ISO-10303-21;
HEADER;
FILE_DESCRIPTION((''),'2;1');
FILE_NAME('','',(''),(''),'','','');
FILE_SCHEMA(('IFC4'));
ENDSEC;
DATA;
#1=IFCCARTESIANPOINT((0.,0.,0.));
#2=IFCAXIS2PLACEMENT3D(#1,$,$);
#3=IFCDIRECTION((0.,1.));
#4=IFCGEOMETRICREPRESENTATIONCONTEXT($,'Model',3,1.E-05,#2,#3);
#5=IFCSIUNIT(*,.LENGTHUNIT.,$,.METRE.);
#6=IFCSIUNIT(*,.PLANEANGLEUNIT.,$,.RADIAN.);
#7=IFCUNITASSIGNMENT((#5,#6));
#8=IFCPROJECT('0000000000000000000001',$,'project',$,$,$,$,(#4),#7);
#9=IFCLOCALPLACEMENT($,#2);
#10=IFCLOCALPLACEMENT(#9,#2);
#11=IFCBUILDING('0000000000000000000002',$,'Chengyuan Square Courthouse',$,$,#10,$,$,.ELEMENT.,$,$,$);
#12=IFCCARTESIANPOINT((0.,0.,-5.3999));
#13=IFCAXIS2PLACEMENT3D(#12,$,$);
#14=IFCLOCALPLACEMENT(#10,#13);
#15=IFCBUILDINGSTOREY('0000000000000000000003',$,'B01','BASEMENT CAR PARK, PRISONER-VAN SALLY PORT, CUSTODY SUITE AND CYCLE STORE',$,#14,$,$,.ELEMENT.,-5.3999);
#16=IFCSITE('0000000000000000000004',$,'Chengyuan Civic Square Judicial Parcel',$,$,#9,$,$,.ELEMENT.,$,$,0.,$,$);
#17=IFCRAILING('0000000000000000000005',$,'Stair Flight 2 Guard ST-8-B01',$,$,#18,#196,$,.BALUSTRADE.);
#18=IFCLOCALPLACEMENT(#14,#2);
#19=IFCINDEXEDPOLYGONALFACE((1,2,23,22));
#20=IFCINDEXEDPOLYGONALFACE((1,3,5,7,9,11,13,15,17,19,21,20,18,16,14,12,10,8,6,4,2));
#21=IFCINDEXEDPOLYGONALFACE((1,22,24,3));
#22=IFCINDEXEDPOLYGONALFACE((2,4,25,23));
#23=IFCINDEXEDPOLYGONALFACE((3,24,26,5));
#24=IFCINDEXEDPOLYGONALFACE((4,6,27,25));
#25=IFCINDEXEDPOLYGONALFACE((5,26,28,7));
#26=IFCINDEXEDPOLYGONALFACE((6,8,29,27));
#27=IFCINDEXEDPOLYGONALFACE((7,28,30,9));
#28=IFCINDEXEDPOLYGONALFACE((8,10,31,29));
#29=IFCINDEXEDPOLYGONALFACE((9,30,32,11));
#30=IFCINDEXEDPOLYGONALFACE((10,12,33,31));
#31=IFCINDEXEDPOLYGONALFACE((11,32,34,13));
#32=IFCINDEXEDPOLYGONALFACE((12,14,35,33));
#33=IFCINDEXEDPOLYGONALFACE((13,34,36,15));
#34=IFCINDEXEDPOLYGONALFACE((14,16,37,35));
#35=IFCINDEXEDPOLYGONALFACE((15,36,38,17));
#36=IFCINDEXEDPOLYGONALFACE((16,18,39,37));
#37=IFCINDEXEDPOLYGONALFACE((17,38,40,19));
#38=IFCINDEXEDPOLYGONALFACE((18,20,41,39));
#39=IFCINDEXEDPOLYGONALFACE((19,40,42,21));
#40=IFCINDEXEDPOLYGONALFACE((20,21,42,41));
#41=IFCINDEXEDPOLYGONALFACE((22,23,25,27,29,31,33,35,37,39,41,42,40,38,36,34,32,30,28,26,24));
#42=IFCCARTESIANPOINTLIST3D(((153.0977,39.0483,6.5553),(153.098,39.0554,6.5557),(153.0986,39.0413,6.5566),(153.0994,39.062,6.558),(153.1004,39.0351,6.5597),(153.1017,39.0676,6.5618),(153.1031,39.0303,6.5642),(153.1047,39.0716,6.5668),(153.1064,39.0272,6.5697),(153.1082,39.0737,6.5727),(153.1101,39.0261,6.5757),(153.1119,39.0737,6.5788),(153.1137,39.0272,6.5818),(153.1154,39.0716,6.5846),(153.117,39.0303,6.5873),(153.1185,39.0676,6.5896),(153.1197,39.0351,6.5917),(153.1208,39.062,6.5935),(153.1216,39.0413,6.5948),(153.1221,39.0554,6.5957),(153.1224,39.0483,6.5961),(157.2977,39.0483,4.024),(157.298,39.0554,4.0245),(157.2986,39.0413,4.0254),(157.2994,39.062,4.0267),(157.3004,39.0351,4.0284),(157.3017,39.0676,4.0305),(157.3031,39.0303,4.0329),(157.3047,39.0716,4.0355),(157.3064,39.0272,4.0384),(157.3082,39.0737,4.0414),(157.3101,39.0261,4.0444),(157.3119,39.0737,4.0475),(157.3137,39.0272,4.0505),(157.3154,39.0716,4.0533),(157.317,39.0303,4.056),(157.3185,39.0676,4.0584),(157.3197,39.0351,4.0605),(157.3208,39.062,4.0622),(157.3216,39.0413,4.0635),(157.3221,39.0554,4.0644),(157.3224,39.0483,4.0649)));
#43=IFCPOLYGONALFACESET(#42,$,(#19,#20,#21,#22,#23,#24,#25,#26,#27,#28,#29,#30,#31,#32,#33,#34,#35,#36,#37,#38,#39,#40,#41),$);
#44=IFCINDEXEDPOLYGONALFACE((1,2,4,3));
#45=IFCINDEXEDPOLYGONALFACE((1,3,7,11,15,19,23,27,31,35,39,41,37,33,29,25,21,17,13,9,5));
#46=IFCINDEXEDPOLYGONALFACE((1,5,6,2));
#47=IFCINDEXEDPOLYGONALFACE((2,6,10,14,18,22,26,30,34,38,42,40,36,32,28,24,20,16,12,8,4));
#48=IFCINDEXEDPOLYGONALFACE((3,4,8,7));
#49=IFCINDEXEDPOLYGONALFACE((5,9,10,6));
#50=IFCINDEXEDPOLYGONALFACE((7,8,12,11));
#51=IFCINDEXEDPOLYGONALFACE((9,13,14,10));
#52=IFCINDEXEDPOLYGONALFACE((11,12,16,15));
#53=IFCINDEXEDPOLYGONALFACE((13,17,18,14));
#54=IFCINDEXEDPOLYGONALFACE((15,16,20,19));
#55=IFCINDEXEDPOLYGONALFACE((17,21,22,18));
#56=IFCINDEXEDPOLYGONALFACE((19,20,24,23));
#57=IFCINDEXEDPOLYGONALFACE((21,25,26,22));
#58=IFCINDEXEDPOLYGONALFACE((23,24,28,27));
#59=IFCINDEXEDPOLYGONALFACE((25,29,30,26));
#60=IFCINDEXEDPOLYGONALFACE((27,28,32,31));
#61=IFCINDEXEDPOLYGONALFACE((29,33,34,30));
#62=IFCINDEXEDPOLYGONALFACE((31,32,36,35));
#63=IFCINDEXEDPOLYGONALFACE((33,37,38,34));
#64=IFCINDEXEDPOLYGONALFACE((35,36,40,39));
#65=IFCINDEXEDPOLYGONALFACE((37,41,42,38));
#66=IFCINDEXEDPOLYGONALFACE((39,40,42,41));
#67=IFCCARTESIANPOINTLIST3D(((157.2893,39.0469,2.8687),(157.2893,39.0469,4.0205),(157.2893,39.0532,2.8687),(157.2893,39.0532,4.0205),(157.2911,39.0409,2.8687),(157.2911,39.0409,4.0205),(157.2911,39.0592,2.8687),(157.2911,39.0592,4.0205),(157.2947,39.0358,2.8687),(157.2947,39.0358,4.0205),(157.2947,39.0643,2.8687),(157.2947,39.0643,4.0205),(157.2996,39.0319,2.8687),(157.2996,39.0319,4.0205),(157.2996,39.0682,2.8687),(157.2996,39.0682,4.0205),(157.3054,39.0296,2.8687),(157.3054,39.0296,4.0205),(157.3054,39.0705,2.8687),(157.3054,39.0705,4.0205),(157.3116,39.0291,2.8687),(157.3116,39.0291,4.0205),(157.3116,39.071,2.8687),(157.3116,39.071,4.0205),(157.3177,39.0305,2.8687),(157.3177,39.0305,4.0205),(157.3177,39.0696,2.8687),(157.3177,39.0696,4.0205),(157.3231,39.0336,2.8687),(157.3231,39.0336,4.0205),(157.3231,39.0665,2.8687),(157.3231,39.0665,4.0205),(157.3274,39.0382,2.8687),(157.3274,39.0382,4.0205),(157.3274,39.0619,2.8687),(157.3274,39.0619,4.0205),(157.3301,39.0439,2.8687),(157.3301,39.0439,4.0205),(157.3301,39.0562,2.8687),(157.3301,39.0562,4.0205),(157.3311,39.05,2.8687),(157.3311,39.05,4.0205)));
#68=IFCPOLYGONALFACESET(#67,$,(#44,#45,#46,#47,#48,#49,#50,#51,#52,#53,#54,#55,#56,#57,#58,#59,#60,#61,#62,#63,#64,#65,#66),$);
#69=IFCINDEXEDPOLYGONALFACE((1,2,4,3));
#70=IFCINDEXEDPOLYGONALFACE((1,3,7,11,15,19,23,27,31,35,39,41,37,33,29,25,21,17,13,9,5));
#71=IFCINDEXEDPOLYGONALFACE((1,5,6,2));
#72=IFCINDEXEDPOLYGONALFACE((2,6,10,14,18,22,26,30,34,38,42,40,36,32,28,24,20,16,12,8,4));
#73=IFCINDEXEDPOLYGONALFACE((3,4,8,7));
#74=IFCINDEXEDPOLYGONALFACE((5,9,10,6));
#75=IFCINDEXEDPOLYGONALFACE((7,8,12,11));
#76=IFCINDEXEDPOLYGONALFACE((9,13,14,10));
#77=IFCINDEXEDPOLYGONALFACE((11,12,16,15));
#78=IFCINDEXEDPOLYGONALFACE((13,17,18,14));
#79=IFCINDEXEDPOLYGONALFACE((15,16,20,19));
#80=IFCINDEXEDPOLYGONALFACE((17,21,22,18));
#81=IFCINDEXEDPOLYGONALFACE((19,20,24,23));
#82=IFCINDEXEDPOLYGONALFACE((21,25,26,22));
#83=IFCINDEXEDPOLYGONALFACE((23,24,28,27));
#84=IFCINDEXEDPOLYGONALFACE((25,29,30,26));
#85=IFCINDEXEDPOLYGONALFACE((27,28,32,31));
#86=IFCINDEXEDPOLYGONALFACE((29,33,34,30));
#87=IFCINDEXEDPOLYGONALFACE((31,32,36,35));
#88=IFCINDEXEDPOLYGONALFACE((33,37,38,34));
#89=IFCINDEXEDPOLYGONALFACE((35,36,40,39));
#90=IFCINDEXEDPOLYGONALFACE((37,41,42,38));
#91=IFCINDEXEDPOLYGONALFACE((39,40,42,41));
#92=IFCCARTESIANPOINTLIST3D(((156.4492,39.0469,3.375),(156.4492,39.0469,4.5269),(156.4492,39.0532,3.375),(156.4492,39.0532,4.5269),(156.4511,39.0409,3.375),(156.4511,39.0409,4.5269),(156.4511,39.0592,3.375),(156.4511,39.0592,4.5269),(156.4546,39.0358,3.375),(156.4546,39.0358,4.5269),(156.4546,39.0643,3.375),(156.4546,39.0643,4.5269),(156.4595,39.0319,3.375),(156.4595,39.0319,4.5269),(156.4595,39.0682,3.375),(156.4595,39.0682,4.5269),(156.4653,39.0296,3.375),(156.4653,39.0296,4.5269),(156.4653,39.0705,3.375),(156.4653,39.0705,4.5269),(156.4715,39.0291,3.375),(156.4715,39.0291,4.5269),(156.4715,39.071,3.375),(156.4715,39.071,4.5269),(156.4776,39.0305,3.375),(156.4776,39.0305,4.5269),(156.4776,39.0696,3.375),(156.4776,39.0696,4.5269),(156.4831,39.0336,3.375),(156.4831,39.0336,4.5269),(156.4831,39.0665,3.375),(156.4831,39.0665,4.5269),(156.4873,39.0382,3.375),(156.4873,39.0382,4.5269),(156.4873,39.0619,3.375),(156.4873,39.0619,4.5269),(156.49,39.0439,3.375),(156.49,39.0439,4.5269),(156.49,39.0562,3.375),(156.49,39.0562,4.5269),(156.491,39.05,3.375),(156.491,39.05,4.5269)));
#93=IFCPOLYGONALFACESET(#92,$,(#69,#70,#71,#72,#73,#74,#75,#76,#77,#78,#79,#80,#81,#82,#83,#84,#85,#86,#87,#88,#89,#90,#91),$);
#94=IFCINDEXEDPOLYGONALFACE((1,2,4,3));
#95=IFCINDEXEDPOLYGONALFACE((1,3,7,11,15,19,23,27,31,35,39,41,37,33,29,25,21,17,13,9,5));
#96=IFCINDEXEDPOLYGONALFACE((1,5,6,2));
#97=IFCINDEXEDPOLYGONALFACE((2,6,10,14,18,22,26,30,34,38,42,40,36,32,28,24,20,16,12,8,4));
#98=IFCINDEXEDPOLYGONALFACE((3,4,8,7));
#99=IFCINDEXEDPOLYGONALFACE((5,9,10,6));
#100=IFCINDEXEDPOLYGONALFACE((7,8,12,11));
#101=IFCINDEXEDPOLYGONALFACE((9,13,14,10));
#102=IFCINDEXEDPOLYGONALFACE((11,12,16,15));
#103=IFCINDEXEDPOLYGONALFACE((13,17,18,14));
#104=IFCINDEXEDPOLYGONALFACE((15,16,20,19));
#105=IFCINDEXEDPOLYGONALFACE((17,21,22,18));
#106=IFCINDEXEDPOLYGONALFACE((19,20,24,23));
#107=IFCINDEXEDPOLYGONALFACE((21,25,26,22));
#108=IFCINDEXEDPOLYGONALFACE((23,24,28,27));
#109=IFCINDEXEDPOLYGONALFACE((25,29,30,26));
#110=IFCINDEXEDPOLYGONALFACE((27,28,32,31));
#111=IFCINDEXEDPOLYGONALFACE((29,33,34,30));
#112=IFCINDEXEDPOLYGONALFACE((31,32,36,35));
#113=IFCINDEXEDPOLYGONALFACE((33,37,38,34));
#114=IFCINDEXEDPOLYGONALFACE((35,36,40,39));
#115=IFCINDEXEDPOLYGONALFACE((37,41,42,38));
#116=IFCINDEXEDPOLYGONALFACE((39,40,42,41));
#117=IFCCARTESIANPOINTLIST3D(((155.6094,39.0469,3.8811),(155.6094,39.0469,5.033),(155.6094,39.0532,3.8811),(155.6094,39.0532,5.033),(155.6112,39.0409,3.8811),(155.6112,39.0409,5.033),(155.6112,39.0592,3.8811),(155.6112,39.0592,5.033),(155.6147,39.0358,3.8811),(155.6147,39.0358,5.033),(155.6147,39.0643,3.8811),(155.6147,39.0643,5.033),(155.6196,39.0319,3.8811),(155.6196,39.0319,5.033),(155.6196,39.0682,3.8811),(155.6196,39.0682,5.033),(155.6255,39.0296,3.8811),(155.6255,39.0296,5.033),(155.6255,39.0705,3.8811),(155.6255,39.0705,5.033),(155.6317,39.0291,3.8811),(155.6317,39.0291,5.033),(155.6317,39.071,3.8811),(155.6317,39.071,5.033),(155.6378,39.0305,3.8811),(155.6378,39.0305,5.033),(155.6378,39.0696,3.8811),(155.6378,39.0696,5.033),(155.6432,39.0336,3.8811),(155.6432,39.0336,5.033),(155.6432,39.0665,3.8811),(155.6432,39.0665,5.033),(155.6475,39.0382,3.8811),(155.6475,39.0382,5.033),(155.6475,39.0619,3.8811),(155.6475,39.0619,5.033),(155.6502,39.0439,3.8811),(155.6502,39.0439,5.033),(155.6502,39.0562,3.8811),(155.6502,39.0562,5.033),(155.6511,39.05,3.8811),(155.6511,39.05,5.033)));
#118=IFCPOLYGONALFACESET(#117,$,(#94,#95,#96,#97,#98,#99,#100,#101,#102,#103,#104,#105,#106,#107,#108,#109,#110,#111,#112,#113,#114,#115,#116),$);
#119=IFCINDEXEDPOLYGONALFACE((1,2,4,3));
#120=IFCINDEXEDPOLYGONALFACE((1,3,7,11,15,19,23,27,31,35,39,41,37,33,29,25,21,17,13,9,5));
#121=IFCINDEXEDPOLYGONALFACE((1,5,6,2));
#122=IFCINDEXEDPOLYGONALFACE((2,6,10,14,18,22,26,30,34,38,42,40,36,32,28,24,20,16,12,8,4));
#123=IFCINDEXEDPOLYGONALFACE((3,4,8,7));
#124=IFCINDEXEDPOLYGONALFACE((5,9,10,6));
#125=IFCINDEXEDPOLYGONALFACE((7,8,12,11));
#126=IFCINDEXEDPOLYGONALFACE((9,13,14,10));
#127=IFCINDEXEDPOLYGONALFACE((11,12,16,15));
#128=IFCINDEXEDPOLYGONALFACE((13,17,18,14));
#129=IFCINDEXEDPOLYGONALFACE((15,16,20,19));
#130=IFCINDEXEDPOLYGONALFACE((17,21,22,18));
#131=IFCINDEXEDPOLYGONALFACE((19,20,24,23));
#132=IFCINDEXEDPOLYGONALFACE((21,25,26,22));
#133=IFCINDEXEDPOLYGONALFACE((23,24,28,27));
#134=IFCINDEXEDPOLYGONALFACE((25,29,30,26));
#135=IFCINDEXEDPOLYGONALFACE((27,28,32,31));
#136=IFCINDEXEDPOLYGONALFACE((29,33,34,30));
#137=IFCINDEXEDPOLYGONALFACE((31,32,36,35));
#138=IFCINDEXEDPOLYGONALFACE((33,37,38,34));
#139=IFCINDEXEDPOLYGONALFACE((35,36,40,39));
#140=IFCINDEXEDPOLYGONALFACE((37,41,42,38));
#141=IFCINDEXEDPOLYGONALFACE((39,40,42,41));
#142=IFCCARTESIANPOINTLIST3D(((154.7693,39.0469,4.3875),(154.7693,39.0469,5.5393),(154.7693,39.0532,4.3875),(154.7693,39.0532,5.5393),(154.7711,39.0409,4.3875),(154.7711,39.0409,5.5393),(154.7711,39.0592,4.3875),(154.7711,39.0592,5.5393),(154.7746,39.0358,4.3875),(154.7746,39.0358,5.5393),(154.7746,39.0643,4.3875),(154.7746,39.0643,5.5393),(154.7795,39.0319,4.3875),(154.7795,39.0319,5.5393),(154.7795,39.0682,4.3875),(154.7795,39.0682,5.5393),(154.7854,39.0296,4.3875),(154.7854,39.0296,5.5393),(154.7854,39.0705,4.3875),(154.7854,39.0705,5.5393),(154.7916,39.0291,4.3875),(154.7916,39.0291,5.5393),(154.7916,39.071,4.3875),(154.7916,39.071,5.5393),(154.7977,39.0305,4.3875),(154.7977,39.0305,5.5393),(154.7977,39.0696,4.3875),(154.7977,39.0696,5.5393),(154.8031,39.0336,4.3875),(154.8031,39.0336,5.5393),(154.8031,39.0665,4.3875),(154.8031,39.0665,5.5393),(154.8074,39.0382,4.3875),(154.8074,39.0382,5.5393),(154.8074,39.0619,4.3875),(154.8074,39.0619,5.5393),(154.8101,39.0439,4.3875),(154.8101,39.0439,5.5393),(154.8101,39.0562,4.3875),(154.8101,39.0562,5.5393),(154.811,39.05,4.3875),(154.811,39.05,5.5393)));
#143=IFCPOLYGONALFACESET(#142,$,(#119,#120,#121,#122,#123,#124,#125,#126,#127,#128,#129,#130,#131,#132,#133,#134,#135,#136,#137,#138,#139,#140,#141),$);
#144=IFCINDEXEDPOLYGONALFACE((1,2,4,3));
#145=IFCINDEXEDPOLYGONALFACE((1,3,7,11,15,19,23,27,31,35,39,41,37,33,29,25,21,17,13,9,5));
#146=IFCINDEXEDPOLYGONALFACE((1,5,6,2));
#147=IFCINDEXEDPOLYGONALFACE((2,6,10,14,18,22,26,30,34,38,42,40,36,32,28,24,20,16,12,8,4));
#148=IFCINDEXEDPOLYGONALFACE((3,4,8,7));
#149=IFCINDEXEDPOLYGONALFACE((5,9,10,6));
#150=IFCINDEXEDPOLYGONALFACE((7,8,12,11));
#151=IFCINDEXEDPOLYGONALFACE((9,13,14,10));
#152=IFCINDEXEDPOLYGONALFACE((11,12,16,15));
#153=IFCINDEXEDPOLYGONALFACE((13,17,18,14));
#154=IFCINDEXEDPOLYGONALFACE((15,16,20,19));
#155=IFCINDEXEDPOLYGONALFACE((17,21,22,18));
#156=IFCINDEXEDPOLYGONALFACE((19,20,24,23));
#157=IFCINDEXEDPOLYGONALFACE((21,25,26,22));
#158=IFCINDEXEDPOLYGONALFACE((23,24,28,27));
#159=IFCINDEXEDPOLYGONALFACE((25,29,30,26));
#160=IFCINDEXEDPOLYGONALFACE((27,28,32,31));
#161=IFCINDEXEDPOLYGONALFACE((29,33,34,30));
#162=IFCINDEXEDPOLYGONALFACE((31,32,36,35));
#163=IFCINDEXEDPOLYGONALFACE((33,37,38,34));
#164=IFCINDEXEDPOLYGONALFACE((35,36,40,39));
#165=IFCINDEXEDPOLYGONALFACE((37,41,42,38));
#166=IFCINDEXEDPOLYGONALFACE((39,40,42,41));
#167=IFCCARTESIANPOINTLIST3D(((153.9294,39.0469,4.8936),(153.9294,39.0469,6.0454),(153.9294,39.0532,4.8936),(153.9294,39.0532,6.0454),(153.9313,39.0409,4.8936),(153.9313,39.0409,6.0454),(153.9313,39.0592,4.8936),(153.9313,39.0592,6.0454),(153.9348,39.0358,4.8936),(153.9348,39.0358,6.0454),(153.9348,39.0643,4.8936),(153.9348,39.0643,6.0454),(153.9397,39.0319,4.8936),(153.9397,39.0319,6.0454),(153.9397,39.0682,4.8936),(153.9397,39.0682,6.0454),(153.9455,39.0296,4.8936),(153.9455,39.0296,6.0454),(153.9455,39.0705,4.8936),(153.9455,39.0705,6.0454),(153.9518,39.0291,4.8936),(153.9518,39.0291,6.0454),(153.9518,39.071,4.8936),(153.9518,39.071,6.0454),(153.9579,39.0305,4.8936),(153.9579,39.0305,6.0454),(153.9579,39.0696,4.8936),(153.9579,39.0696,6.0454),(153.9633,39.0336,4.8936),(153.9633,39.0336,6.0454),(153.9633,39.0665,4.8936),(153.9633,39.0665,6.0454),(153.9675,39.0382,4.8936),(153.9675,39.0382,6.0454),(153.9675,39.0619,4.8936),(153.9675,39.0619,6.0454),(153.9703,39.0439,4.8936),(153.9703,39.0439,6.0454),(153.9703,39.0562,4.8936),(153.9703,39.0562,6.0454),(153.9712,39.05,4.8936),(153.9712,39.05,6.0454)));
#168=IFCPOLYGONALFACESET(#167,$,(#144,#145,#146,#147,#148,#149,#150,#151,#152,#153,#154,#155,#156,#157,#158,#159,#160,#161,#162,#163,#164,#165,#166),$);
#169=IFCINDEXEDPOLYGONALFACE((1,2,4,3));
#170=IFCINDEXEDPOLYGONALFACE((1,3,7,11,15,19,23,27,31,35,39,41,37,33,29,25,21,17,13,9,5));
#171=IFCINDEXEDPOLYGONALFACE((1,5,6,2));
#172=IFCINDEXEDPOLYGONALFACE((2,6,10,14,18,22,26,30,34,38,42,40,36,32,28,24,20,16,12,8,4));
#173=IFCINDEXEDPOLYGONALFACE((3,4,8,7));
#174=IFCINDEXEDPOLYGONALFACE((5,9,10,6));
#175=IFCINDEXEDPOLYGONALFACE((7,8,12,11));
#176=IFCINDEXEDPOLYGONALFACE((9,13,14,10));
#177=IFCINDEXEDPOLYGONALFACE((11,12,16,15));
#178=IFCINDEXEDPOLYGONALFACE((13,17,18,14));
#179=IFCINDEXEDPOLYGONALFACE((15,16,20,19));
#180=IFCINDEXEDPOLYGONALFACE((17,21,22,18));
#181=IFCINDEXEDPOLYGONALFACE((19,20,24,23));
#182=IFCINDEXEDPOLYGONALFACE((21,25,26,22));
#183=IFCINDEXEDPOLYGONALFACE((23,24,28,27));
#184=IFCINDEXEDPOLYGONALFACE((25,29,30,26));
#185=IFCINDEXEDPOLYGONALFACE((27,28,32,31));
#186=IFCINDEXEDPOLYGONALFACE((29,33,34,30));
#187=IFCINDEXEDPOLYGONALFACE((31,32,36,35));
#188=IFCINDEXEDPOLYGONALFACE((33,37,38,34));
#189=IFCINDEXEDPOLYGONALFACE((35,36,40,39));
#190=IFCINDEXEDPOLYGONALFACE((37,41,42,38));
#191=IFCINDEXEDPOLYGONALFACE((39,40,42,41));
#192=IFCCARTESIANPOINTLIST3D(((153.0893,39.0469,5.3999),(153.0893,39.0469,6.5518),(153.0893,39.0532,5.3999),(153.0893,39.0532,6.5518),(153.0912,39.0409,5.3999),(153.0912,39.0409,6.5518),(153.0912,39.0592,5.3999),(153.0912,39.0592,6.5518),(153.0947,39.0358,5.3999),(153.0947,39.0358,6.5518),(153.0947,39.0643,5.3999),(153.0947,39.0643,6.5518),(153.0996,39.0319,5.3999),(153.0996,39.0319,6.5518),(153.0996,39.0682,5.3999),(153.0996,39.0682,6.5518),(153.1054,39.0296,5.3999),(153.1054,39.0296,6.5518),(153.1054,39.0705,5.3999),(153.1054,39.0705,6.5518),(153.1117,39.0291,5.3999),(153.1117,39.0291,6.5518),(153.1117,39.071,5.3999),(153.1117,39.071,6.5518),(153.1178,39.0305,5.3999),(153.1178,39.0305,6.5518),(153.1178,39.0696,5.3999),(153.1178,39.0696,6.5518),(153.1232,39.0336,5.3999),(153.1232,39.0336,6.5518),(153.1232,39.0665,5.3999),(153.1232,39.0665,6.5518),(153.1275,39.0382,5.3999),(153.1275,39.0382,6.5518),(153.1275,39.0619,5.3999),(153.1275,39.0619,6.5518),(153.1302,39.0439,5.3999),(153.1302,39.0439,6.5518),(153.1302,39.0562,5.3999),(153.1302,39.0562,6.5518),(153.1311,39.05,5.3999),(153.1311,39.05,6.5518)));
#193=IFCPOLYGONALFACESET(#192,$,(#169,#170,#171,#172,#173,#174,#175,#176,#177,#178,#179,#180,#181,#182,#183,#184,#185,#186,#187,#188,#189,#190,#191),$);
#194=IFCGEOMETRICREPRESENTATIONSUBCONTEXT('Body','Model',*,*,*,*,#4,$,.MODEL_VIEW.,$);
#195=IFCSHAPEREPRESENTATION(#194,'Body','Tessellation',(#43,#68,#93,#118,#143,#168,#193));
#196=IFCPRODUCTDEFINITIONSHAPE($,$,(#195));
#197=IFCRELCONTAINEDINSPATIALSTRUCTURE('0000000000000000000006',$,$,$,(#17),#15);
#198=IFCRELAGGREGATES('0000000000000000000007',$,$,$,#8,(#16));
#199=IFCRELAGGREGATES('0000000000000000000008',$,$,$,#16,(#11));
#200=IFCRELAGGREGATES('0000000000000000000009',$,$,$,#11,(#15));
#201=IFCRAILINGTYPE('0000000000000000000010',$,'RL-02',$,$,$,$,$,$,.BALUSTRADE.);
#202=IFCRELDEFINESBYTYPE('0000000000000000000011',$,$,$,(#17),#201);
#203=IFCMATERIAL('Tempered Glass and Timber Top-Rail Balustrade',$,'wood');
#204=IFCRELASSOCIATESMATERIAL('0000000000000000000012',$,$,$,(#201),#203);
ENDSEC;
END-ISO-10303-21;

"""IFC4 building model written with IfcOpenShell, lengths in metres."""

from ifc_helpers import new_model, si_unit, direction, frame, origin, origin_2d, place, context, subcontext, project, spatial, circle, extrude, material, type_object, element, save


model = new_model("IFC4")

# Units and contexts
model_context = context("Model", 3, precision=1e-05, world=origin(), true_north=direction((0.0, 1.0)))
body_context = subcontext(model_context, "Body", "Model", "MODEL_VIEW")
ifc_project = project(units=[si_unit("LENGTHUNIT", "METRE"), si_unit("PLANEANGLEUNIT", "RADIAN")], contexts=[model_context])

# Site, building, storey
site_placement = place(None, origin())
site = spatial("IfcSite", under=ifc_project, at=site_placement, Name="Chengyuan Civic Square Judicial Parcel", CompositionType="ELEMENT", RefElevation=0.0)
building_placement = place(site_placement, origin())
building = spatial("IfcBuilding", under=site, at=building_placement, Name="Chengyuan Square Courthouse", CompositionType="ELEMENT")
storey_placement = place(building_placement, frame((0.0, 0.0, -5.3999)))
storey = spatial("IfcBuildingStorey", under=building, at=storey_placement, Name="B01", Description="BASEMENT CAR PARK, PRISONER-VAN SALLY PORT, CUSTODY SUITE AND CYCLE STORE", CompositionType="ELEMENT", Elevation=-5.3999)

# Railing
ifc_material_1 = material(Name="Tempered Glass and Timber Top-Rail Balustrade", Category="wood")
railing_type_1 = type_object("IfcRailingType", Name="RL-02", PredefinedType="BALUSTRADE", material=ifc_material_1)
railing_1_placement = place(storey_placement, frame((157.3101, 39.05, 2.8687)))
element("IfcRailing", 1, at=railing_1_placement, inside=storey, type_object=railing_type_1, Name="Stair Flight 2 Guard ST-8-B01", PredefinedType="BALUSTRADE", context=body_context, shape_type="SweptSolid", body=[
    extrude(circle(Radius=0.0239, at=origin_2d()), frame((0.0, 0.0, 1.1758), z_axis=(-0.856476, 0.0, 0.516186), x_axis=(0.0, -1.0, 0.0)), (0.0, 0.0, 1.0), 4.9038),
    extrude(circle(Radius=0.021, at=origin_2d()), origin(), (0.0, 0.0, 1.0), 1.1519),
    extrude(circle(Radius=0.021, at=origin_2d()), frame((-0.8401, 0.0, 0.5063)), (0.0, 0.0, 1.0), 1.1519),
    extrude(circle(Radius=0.021, at=origin_2d()), frame((-1.6799, 0.0, 1.0125)), (0.0, 0.0, 1.0), 1.1519),
    extrude(circle(Radius=0.021, at=origin_2d()), frame((-2.52, 0.0, 1.5188)), (0.0, 0.0, 1.0), 1.1519),
    extrude(circle(Radius=0.021, at=origin_2d()), frame((-3.3599, 0.0, 2.0249)), (0.0, 0.0, 1.0), 1.1519),
    extrude(circle(Radius=0.021, at=origin_2d()), frame((-4.2, 0.0, 2.5312)), (0.0, 0.0, 1.0), 1.1519),
])

save(model, "model.ifc")
